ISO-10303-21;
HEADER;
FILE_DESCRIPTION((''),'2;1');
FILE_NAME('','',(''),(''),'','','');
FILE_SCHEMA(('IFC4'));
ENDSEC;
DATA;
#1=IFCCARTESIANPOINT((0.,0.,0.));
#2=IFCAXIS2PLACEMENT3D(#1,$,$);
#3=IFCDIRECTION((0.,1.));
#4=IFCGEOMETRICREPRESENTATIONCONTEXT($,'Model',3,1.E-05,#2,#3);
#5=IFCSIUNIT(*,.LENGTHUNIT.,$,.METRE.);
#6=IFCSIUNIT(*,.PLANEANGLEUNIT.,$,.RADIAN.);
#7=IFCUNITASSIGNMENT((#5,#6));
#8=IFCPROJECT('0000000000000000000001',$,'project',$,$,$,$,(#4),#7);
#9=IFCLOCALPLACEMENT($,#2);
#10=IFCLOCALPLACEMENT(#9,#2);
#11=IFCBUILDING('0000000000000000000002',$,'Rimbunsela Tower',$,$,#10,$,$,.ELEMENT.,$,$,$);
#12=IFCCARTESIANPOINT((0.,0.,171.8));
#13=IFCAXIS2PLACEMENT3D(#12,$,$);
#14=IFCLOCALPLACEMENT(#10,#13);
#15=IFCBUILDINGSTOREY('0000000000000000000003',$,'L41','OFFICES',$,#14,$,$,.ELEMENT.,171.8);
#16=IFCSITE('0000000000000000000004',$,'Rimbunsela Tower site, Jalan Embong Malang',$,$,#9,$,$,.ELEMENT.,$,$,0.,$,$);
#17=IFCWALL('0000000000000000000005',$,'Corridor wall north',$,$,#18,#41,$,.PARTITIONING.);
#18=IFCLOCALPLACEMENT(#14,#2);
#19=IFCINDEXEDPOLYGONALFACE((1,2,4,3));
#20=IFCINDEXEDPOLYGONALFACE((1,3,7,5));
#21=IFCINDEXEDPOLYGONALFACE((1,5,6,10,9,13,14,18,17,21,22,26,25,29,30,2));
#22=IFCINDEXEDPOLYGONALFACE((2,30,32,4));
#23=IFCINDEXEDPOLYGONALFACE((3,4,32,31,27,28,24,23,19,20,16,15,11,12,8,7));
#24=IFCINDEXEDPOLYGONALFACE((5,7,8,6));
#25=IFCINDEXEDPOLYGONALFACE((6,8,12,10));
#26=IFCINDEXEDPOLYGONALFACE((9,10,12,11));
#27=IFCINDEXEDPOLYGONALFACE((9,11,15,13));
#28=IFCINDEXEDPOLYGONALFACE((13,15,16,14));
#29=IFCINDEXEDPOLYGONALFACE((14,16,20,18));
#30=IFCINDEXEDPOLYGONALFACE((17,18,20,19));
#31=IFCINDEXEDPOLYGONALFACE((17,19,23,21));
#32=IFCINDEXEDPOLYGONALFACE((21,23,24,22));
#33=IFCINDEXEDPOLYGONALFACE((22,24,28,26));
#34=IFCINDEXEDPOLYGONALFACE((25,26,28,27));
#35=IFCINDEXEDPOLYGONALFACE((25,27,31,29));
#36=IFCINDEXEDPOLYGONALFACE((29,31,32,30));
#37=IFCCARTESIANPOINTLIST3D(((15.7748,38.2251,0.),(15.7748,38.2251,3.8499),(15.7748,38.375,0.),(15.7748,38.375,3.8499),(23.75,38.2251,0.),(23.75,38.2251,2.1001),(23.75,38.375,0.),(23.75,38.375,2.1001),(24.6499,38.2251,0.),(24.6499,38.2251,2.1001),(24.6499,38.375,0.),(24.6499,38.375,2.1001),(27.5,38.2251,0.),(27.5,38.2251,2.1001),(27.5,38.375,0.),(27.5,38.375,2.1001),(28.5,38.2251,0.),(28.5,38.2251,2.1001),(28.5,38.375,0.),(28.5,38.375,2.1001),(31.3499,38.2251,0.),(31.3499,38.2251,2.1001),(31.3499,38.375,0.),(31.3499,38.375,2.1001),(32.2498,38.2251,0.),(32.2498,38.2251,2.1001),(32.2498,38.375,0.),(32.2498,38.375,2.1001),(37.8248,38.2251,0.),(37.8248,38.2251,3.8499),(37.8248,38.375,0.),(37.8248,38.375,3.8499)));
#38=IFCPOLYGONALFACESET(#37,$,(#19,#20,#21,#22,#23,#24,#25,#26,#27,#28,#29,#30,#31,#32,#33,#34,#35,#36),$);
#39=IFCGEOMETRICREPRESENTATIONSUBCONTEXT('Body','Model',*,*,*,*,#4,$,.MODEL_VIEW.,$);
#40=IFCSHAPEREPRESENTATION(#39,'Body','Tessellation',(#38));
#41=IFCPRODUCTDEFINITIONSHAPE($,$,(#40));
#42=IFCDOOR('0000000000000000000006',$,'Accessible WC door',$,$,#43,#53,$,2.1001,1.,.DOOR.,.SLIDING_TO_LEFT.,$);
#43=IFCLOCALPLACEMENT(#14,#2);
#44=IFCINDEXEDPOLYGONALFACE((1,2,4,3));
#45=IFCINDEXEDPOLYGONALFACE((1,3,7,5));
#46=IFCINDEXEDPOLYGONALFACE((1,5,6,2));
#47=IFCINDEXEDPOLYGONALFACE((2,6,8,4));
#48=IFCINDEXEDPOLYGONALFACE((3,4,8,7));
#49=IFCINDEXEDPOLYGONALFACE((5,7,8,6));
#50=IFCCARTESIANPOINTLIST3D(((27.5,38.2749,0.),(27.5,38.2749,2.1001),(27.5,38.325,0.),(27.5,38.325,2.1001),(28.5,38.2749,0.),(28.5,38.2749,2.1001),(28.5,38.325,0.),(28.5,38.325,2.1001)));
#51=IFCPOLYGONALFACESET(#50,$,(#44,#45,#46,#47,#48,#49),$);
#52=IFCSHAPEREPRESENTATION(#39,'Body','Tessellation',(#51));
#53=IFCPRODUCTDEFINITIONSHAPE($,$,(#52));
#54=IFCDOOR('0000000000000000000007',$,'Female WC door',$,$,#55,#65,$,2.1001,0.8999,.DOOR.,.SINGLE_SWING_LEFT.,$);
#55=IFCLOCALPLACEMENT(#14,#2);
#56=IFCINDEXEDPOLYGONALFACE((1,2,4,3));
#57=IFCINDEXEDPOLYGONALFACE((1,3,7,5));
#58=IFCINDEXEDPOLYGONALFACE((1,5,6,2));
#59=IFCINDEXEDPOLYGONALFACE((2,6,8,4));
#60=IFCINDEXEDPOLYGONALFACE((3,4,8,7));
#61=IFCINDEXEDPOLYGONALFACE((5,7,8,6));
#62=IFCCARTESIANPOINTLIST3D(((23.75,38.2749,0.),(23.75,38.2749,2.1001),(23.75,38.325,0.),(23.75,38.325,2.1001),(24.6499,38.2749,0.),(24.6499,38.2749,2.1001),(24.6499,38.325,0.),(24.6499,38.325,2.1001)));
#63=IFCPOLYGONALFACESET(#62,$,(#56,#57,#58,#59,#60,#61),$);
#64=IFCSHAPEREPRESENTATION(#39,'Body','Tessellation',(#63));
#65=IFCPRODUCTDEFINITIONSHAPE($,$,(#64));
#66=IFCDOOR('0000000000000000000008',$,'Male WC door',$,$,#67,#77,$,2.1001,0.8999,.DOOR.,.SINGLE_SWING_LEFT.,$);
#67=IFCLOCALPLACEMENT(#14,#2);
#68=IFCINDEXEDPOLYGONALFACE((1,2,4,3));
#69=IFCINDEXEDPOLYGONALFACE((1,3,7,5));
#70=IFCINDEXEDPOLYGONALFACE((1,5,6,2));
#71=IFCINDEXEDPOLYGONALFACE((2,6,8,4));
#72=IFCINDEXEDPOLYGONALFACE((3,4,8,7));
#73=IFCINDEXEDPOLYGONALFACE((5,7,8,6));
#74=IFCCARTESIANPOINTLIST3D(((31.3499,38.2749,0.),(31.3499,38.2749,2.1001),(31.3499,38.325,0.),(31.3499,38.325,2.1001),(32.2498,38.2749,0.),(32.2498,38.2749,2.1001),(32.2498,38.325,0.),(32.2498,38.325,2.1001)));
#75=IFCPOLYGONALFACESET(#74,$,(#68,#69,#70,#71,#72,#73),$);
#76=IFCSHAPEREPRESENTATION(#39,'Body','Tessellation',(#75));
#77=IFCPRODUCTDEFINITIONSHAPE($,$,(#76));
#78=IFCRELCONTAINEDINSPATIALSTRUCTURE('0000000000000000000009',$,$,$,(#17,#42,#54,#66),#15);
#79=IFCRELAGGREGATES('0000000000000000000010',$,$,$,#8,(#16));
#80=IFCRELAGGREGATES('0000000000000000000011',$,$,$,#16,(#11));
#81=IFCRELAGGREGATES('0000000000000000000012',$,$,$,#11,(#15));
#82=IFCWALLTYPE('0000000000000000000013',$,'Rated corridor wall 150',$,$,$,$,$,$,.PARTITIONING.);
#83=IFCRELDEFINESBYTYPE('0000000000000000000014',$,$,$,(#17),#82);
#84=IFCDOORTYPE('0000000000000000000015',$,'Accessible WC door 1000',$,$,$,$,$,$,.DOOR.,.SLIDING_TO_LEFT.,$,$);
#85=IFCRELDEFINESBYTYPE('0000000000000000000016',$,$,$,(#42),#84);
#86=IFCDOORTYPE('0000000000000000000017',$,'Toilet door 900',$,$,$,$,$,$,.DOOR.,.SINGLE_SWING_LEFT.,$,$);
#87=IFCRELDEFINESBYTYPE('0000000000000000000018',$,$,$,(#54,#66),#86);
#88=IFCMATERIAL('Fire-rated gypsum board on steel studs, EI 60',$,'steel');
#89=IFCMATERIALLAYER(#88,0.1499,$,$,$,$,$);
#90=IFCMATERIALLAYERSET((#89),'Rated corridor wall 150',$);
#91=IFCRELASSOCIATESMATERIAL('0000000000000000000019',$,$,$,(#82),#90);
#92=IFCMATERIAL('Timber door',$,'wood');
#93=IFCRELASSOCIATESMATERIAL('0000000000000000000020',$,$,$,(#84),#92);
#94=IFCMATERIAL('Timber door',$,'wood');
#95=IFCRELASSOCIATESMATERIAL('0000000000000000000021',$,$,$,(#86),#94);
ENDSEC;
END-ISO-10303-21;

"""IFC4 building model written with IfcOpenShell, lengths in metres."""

from ifc_helpers import new_model, si_unit, direction, frame, frame_2d, origin, place, context, subcontext, project, spatial, rectangle, extrude, material, layer, layer_set, type_object, element, fill, save


model = new_model("IFC4")

# Units and contexts
model_context = context("Model", 3, precision=1e-05, world=origin(), true_north=direction((0.0, 1.0)))
body_context = subcontext(model_context, "Body", "Model", "MODEL_VIEW")
ifc_project = project(units=[si_unit("LENGTHUNIT", "METRE"), si_unit("PLANEANGLEUNIT", "RADIAN")], contexts=[model_context])

# Site, building, storey
site_placement = place(None, origin())
site = spatial("IfcSite", under=ifc_project, at=site_placement, Name="Rimbunsela Tower site, Jalan Embong Malang", CompositionType="ELEMENT", RefElevation=0.0)
building_placement = place(site_placement, origin())
building = spatial("IfcBuilding", under=site, at=building_placement, Name="Rimbunsela Tower", CompositionType="ELEMENT")
storey_placement = place(building_placement, frame((0.0, 0.0, 171.8)))
storey = spatial("IfcBuildingStorey", under=building, at=storey_placement, Name="L41", Description="OFFICES", CompositionType="ELEMENT", Elevation=171.8)

# Wall, openings, doors
ifc_material_1 = material(Name="Fire-rated gypsum board on steel studs, EI 60", Category="steel")
ifc_layer_1 = layer(ifc_material_1, 0.1499)
ifc_layer_set_1 = layer_set([ifc_layer_1], Name="Rated corridor wall 150")
wall_type_1 = type_object("IfcWallType", Name="Rated corridor wall 150", PredefinedType="PARTITIONING", material=ifc_layer_set_1)
wall_1_placement = place(storey_placement, frame((15.7749, 38.3, 0.0), z_axis=(0.0, 0.0, 1.0), x_axis=(1.0, 0.0, 0.0)))
wall_1 = element("IfcWall", 1, at=wall_1_placement, inside=storey, type_object=wall_type_1, Name="Corridor wall north", PredefinedType="PARTITIONING", context=body_context, shape_type="SweptSolid", body=[
    extrude(rectangle(XDim=22.05, YDim=0.1499, at=frame_2d((11.0249, 0.0))), origin(), (0.0, 0.0, 1.0), 3.8499),
])
opening_1_placement = place(wall_1_placement, frame((7.9751, 0.0, 0.0)))
opening_1 = element("IfcOpeningElement", 2, at=opening_1_placement, cuts=wall_1, PredefinedType="OPENING", context=body_context, shape_type="SweptSolid", body=[
    extrude(rectangle(XDim=0.8999, YDim=2.1001, at=frame_2d((0.45, 1.05))), frame((0.0, 0.085, 0.0), z_axis=(0.0, -1.0, 0.0), x_axis=(1.0, 0.0, 0.0)), (0.0, 0.0, 1.0), 0.1699),
])
opening_2_placement = place(wall_1_placement, frame((11.7251, 0.0, 0.0)))
opening_2 = element("IfcOpeningElement", 3, at=opening_2_placement, cuts=wall_1, PredefinedType="OPENING", context=body_context, shape_type="SweptSolid", body=[
    extrude(rectangle(XDim=1.0, YDim=2.1001, at=frame_2d((0.5, 1.05))), frame((0.0, 0.085, 0.0), z_axis=(0.0, -1.0, 0.0), x_axis=(1.0, 0.0, 0.0)), (0.0, 0.0, 1.0), 0.1699),
])
opening_3_placement = place(wall_1_placement, frame((15.575, 0.0, 0.0)))
opening_3 = element("IfcOpeningElement", 4, at=opening_3_placement, cuts=wall_1, PredefinedType="OPENING", context=body_context, shape_type="SweptSolid", body=[
    extrude(rectangle(XDim=0.8999, YDim=2.1001, at=frame_2d((0.45, 1.05))), frame((0.0, 0.085, 0.0), z_axis=(0.0, -1.0, 0.0), x_axis=(1.0, 0.0, 0.0)), (0.0, 0.0, 1.0), 0.1699),
])
ifc_material_2 = material(Name="Timber door", Category="wood")
door_type_1 = type_object("IfcDoorType", Name="Accessible WC door 1000", OperationType="SLIDING_TO_LEFT", PredefinedType="DOOR", material=ifc_material_2)
door_1_placement = place(opening_2_placement, origin())
door_1 = element("IfcDoor", 5, at=door_1_placement, inside=storey, type_object=door_type_1, Name="Accessible WC door", OperationType="SLIDING_TO_LEFT", OverallHeight=2.1001, OverallWidth=1.0, PredefinedType="DOOR", context=body_context, shape_type="SweptSolid", body=[
    extrude(rectangle(XDim=1.0, YDim=2.1001, at=frame_2d((0.5, 1.05))), frame((0.0, 0.0249, 0.0), z_axis=(0.0, -1.0, 0.0), x_axis=(1.0, 0.0, 0.0)), (0.0, 0.0, 1.0), 0.05),
])
fill(opening_2, door_1)
ifc_material_3 = material(Name="Timber door", Category="wood")
door_type_2 = type_object("IfcDoorType", Name="Toilet door 900", OperationType="SINGLE_SWING_LEFT", PredefinedType="DOOR", material=ifc_material_3)
door_2_placement = place(opening_1_placement, origin())
door_2 = element("IfcDoor", 6, at=door_2_placement, inside=storey, type_object=door_type_2, Name="Female WC door", OperationType="SINGLE_SWING_LEFT", OverallHeight=2.1001, OverallWidth=0.8999, PredefinedType="DOOR", context=body_context, shape_type="SweptSolid", body=[
    extrude(rectangle(XDim=0.8999, YDim=2.1001, at=frame_2d((0.45, 1.05))), frame((0.0, 0.0249, 0.0), z_axis=(0.0, -1.0, 0.0), x_axis=(1.0, 0.0, 0.0)), (0.0, 0.0, 1.0), 0.05),
])
fill(opening_1, door_2)
door_3_placement = place(opening_3_placement, origin())
door_3 = element("IfcDoor", 7, at=door_3_placement, inside=storey, type_object=door_type_2, Name="Male WC door", OperationType="SINGLE_SWING_LEFT", OverallHeight=2.1001, OverallWidth=0.8999, PredefinedType="DOOR", context=body_context, shape_type="SweptSolid", body=[
    extrude(rectangle(XDim=0.8999, YDim=2.1001, at=frame_2d((0.45, 1.05))), frame((0.0, 0.0249, 0.0), z_axis=(0.0, -1.0, 0.0), x_axis=(1.0, 0.0, 0.0)), (0.0, 0.0, 1.0), 0.05),
])
fill(opening_3, door_3)

save(model, "model.ifc")
